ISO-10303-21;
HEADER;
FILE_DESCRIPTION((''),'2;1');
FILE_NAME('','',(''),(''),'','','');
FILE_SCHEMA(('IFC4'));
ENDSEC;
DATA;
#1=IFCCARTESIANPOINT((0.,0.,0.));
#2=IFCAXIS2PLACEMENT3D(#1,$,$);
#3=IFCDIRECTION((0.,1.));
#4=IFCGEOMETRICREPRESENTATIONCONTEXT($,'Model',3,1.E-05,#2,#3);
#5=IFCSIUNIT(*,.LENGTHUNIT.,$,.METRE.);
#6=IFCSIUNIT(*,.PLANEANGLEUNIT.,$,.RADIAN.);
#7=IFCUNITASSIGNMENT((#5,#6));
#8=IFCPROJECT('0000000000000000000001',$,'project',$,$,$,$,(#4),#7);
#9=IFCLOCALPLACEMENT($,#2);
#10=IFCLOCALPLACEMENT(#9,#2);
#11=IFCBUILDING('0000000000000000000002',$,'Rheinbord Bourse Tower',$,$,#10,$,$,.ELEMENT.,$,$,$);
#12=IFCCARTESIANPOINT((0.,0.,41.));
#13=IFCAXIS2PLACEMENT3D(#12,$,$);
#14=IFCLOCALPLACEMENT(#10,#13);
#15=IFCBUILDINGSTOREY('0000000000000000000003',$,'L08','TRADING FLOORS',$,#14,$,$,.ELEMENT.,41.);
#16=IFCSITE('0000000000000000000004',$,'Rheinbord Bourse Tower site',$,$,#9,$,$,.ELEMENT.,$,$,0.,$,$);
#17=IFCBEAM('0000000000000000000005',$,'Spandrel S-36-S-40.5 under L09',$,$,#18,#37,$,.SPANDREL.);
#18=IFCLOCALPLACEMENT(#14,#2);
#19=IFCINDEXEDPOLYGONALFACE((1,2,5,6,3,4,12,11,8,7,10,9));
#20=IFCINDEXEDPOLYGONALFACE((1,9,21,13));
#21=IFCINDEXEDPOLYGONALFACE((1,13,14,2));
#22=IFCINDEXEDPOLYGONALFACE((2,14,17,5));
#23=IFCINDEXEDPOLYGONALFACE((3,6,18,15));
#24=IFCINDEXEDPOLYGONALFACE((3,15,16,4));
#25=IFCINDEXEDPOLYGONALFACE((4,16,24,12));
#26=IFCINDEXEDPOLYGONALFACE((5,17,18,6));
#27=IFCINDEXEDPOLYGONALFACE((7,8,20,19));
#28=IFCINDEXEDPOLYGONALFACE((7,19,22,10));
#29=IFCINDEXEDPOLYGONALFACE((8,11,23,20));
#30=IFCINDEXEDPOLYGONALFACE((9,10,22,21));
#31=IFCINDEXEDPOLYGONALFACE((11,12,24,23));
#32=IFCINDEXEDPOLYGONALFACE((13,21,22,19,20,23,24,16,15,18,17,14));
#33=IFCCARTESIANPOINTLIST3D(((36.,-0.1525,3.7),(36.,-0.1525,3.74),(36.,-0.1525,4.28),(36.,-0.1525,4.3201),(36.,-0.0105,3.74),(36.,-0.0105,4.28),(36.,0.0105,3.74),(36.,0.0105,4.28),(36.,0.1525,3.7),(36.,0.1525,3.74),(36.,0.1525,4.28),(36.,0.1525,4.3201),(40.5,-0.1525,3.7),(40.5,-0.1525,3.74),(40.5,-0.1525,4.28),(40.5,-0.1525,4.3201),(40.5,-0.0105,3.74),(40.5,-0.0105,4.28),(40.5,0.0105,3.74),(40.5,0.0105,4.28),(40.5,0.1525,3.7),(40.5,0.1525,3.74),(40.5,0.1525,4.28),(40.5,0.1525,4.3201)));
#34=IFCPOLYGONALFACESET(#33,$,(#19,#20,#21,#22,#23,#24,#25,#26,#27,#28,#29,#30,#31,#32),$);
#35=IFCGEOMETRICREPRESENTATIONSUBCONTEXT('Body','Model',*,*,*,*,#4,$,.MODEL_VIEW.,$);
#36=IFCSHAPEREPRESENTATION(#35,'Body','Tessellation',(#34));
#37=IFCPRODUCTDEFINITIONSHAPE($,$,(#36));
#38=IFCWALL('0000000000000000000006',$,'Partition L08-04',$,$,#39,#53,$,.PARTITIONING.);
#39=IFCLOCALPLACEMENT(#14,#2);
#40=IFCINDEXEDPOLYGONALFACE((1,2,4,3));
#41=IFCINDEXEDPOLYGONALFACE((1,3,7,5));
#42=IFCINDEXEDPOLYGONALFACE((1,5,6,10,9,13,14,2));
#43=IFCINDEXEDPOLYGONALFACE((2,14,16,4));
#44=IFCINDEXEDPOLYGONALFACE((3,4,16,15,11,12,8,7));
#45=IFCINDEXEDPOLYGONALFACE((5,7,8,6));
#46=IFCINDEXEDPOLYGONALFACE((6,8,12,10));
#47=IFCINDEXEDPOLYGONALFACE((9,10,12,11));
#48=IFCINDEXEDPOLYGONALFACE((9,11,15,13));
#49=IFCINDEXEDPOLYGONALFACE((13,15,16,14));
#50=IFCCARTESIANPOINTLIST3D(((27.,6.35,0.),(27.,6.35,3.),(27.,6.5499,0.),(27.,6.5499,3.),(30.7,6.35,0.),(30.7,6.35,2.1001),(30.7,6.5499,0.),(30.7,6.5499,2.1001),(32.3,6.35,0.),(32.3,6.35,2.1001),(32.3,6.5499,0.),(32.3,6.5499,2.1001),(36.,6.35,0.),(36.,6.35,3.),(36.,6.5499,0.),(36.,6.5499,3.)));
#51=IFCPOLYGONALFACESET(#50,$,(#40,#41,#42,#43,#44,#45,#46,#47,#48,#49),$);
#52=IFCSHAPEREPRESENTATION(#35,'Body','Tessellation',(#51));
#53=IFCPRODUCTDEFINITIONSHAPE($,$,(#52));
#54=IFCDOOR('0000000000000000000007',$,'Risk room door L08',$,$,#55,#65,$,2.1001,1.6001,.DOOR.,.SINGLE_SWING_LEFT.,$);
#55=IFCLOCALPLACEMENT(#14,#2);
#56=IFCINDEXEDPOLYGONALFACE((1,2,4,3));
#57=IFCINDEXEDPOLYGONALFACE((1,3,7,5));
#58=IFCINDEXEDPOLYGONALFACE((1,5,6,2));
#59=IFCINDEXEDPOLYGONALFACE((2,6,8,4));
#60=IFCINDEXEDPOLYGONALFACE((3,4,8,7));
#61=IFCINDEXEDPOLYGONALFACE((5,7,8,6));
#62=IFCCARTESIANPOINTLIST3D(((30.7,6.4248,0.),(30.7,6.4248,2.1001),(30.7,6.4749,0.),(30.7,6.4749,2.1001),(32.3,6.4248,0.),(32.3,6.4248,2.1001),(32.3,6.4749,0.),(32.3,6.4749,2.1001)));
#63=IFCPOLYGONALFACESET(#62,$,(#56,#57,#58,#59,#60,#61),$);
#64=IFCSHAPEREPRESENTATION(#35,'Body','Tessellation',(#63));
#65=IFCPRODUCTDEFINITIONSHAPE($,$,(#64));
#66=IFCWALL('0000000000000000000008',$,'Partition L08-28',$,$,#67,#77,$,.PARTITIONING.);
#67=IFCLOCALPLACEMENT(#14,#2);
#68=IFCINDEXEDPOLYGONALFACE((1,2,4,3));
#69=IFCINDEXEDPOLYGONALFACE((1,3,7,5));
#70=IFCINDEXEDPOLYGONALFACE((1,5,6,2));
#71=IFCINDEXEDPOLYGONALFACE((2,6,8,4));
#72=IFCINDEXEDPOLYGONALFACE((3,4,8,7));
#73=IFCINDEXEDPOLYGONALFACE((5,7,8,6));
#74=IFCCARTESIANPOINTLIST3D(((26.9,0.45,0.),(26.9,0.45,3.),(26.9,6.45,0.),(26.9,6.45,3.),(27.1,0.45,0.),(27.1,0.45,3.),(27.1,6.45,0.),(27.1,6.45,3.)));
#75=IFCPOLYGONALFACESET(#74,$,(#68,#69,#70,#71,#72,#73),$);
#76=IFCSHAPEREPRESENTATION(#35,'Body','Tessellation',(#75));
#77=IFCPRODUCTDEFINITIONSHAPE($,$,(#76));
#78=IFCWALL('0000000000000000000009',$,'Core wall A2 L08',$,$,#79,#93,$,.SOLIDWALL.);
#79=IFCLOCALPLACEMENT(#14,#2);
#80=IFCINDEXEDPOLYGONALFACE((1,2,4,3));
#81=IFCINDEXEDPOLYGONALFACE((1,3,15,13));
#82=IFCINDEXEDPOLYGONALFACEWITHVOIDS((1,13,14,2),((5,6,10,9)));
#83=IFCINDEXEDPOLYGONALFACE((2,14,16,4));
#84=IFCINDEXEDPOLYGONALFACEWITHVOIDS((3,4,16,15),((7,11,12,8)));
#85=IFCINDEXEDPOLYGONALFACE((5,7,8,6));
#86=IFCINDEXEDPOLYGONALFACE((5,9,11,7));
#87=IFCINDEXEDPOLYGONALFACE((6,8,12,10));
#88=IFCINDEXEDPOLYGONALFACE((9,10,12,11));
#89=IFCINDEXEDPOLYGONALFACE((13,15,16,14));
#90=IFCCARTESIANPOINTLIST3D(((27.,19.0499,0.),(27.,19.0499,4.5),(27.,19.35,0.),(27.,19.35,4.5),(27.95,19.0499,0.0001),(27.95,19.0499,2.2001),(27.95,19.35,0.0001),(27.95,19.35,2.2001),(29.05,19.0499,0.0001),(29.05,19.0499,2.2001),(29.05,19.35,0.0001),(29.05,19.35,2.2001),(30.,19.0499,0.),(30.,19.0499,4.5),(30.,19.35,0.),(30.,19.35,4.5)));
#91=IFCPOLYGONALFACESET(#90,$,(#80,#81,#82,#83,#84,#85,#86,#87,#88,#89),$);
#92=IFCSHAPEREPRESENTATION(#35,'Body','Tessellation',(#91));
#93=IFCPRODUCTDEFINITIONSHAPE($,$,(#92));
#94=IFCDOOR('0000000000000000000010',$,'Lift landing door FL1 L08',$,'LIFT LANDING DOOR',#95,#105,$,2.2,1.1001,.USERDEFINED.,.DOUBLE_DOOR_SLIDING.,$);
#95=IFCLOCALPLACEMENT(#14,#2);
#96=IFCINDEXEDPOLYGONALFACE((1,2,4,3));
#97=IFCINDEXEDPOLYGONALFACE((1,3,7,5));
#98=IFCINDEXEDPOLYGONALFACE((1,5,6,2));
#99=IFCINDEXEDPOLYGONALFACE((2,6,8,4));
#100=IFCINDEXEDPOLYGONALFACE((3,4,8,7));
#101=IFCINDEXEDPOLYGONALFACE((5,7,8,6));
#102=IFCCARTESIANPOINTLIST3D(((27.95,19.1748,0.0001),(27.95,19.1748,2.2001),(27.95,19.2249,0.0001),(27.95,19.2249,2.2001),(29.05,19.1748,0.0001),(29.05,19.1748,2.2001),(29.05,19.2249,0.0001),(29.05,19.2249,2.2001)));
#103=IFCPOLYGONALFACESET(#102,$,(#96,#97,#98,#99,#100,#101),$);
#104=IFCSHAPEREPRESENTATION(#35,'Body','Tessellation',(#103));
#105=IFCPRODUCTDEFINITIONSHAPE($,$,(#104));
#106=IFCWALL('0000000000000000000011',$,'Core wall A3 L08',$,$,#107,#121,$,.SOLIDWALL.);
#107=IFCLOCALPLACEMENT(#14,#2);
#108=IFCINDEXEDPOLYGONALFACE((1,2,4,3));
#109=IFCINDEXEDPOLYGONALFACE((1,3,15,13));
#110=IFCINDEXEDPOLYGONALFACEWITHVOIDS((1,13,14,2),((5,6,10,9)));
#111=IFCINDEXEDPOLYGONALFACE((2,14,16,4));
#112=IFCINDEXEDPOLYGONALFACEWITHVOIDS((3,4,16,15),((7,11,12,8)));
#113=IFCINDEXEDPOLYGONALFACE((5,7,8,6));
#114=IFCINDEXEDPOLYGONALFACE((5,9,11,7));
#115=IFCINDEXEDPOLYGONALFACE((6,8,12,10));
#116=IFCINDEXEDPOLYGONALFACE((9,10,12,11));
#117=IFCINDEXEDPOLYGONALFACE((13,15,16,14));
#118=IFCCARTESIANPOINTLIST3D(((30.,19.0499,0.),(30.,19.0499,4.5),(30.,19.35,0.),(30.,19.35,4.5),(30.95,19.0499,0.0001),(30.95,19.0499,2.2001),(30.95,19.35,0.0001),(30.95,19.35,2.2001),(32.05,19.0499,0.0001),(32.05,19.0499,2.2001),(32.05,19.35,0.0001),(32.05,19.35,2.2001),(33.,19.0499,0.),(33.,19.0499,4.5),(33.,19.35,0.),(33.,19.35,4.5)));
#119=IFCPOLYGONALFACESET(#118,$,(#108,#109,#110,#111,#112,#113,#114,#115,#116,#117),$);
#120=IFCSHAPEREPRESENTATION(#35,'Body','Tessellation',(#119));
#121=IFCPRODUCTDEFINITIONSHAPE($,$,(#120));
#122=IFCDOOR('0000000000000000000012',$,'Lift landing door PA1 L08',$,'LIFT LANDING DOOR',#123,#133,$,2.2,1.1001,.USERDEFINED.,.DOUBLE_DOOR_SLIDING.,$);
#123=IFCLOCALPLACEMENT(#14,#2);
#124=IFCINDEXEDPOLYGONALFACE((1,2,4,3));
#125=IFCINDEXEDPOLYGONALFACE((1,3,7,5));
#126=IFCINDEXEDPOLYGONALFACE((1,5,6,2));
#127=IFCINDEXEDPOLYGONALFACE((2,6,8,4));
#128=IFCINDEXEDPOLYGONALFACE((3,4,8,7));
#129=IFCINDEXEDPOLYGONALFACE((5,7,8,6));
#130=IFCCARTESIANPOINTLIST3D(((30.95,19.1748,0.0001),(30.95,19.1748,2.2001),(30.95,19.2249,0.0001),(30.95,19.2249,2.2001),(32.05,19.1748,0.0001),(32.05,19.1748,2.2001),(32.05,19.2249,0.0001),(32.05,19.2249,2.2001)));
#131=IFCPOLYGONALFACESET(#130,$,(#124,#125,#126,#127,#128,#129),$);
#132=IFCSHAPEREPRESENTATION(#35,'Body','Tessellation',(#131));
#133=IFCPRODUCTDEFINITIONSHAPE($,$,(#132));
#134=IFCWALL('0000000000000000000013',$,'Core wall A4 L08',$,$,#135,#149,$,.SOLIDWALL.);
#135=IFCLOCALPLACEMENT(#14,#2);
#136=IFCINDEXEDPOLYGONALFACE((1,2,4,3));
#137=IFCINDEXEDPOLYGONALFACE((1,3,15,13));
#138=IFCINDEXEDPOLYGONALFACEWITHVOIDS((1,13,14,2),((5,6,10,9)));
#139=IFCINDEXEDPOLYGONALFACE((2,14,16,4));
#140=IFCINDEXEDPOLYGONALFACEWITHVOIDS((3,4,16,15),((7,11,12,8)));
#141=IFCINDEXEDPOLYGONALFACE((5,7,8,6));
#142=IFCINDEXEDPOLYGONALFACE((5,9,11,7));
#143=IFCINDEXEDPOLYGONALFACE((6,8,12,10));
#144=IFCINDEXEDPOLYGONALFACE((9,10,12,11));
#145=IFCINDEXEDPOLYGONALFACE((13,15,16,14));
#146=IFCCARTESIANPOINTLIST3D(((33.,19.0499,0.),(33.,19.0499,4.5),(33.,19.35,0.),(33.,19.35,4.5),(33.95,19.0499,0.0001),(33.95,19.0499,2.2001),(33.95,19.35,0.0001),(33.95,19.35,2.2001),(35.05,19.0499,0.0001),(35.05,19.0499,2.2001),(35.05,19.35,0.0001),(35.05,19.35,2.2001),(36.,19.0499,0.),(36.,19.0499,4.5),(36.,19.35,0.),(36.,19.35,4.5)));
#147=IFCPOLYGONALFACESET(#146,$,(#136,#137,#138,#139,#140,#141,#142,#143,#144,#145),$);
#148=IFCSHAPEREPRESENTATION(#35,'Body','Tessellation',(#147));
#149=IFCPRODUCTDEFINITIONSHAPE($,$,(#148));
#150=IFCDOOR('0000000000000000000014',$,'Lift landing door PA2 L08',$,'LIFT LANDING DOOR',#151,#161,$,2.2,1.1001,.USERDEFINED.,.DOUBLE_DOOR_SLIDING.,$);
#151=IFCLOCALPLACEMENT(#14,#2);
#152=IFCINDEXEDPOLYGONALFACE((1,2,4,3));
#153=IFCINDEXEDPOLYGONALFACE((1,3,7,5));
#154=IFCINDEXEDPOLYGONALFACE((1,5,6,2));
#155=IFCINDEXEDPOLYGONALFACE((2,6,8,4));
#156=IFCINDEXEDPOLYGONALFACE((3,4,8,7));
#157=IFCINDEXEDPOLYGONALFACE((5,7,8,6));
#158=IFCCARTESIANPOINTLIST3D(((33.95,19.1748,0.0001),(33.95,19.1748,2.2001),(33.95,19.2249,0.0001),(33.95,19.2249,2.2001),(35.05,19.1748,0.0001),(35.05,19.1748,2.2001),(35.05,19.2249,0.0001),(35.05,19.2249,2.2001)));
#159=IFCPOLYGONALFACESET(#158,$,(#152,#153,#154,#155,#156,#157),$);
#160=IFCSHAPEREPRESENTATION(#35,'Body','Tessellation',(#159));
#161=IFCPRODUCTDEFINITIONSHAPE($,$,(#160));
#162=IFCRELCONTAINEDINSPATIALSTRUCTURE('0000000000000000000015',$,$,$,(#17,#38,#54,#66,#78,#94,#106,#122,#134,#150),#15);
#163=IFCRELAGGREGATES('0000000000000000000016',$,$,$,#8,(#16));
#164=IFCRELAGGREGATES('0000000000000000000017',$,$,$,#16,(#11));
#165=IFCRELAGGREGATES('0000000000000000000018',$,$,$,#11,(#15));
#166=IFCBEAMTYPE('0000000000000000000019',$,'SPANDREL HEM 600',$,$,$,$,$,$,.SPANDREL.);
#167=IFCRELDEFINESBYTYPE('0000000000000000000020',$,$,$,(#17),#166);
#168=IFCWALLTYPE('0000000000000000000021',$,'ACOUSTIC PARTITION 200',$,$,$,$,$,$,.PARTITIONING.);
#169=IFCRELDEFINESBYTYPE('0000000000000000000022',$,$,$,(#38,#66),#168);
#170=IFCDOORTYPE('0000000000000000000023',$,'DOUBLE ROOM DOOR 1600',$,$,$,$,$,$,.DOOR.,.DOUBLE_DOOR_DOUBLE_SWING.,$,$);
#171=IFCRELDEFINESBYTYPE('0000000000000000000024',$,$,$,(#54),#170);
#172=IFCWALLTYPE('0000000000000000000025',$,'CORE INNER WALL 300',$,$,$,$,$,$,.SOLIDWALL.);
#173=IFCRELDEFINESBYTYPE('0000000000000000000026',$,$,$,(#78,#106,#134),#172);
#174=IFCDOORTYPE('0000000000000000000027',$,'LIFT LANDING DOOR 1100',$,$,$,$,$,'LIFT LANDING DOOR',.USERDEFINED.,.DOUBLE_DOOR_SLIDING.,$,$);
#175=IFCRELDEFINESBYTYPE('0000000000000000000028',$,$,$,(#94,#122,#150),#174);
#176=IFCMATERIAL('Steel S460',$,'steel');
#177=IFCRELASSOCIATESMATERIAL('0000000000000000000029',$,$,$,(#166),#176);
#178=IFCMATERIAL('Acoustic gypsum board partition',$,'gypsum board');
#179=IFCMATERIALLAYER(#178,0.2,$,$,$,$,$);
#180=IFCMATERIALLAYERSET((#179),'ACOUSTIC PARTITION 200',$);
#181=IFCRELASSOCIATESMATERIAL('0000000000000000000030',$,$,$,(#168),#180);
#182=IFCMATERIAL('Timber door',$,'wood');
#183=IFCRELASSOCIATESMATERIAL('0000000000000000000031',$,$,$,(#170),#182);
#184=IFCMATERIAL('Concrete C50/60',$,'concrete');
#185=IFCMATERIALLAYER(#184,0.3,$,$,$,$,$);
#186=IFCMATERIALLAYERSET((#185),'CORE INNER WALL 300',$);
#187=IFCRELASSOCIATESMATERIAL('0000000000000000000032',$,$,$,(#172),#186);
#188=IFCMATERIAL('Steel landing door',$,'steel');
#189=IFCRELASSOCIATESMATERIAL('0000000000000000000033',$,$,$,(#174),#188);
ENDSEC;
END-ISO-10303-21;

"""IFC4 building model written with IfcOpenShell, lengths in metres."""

from ifc_helpers import new_model, si_unit, direction, frame, frame_2d, origin, origin_2d, place, context, subcontext, project, spatial, rectangle, i_section, extrude, material, layer, layer_set, material_profile, profile_set, type_object, element, fill, save


model = new_model("IFC4")

# Units and contexts
model_context = context("Model", 3, precision=1e-05, world=origin(), true_north=direction((0.0, 1.0)))
body_context = subcontext(model_context, "Body", "Model", "MODEL_VIEW")
ifc_project = project(units=[si_unit("LENGTHUNIT", "METRE"), si_unit("PLANEANGLEUNIT", "RADIAN")], contexts=[model_context])

# Site, building, storey
site_placement = place(None, origin())
site = spatial("IfcSite", under=ifc_project, at=site_placement, Name="Rheinbord Bourse Tower site", CompositionType="ELEMENT", RefElevation=0.0)
building_placement = place(site_placement, origin())
building = spatial("IfcBuilding", under=site, at=building_placement, Name="Rheinbord Bourse Tower", CompositionType="ELEMENT")
storey_placement = place(building_placement, frame((0.0, 0.0, 41.0)))
storey = spatial("IfcBuildingStorey", under=building, at=storey_placement, Name="L08", Description="TRADING FLOORS", CompositionType="ELEMENT", Elevation=41.0)

# Beam
ifc_material_1 = material(Name="Steel S460", Category="steel")
ifc_material_profile = material_profile(ifc_material_1, i_section(OverallWidth=0.3049, OverallDepth=0.6201, WebThickness=0.021, FlangeThickness=0.04, at=origin_2d()), Name="HEM 600")
ifc_profile_set = profile_set([ifc_material_profile], Name="Steel S460")
beam_type = type_object("IfcBeamType", Name="SPANDREL HEM 600", PredefinedType="SPANDREL", material=ifc_profile_set)
beam_placement = place(storey_placement, frame((36.0, 0.0, 4.01), z_axis=(1.0, 0.0, 0.0), x_axis=(0.0, 1.0, 0.0)))
element("IfcBeam", 1, at=beam_placement, inside=storey, type_object=beam_type, Name="Spandrel S-36-S-40.5 under L09", PredefinedType="SPANDREL", context=body_context, shape_type="SweptSolid", body=[
    extrude(i_section(OverallWidth=0.3049, OverallDepth=0.6201, WebThickness=0.021, FlangeThickness=0.04, at=origin_2d()), origin(), (0.0, 0.0, 1.0), 4.5),
])

# Wall, opening, door
ifc_material_2 = material(Name="Acoustic gypsum board partition", Category="gypsum board")
ifc_layer_1 = layer(ifc_material_2, 0.2)
ifc_layer_set_1 = layer_set([ifc_layer_1], Name="ACOUSTIC PARTITION 200")
wall_type_1 = type_object("IfcWallType", Name="ACOUSTIC PARTITION 200", PredefinedType="PARTITIONING", material=ifc_layer_set_1)
wall_1_placement = place(storey_placement, frame((27.0, 6.45, 0.0), z_axis=(0.0, 0.0, 1.0), x_axis=(1.0, 0.0, 0.0)))
wall_1 = element("IfcWall", 2, at=wall_1_placement, inside=storey, type_object=wall_type_1, Name="Partition L08-04", PredefinedType="PARTITIONING", context=body_context, shape_type="SweptSolid", body=[
    extrude(rectangle(XDim=9.0, YDim=0.2, at=frame_2d((4.5, 0.0))), origin(), (0.0, 0.0, 1.0), 3.0),
])
opening_1_placement = place(wall_1_placement, frame((3.7, 0.0, 0.0)))
opening_1 = element("IfcOpeningElement", 3, at=opening_1_placement, cuts=wall_1, PredefinedType="OPENING", context=body_context, shape_type="SweptSolid", body=[
    extrude(rectangle(XDim=1.6001, YDim=2.1001, at=frame_2d((0.8, 1.05))), frame((0.0, 0.1099, 0.0), z_axis=(0.0, -1.0, 0.0), x_axis=(1.0, 0.0, 0.0)), (0.0, 0.0, 1.0), 0.22),
])
ifc_material_3 = material(Name="Timber door", Category="wood")
door_type_1 = type_object("IfcDoorType", Name="DOUBLE ROOM DOOR 1600", OperationType="DOUBLE_DOOR_DOUBLE_SWING", PredefinedType="DOOR", material=ifc_material_3)
door_1_placement = place(opening_1_placement, origin())
door_1 = element("IfcDoor", 4, at=door_1_placement, inside=storey, type_object=door_type_1, Name="Risk room door L08", OperationType="SINGLE_SWING_LEFT", OverallHeight=2.1001, OverallWidth=1.6001, PredefinedType="DOOR", context=body_context, shape_type="SweptSolid", body=[
    extrude(rectangle(XDim=1.6001, YDim=2.1001, at=frame_2d((0.8, 1.05))), frame((0.0, 0.0249, 0.0), z_axis=(0.0, -1.0, 0.0), x_axis=(1.0, 0.0, 0.0)), (0.0, 0.0, 1.0), 0.05),
])
fill(opening_1, door_1)

# Wall
wall_2_placement = place(storey_placement, frame((27.0, 0.45, 0.0), z_axis=(0.0, 0.0, 1.0), x_axis=(0.0, 1.0, 0.0)))
element("IfcWall", 5, at=wall_2_placement, inside=storey, type_object=wall_type_1, Name="Partition L08-28", PredefinedType="PARTITIONING", context=body_context, shape_type="SweptSolid", body=[
    extrude(rectangle(XDim=6.0, YDim=0.2, at=frame_2d((3.0, 0.0))), origin(), (0.0, 0.0, 1.0), 3.0),
])

# Walls, openings, doors
ifc_material_4 = material(Name="Concrete C50/60", Category="concrete")
ifc_layer_2 = layer(ifc_material_4, 0.3)
ifc_layer_set_2 = layer_set([ifc_layer_2], Name="CORE INNER WALL 300")
wall_type_2 = type_object("IfcWallType", Name="CORE INNER WALL 300", PredefinedType="SOLIDWALL", material=ifc_layer_set_2)
wall_3_placement = place(storey_placement, frame((27.0, 19.2, 0.0), z_axis=(0.0, 0.0, 1.0), x_axis=(1.0, 0.0, 0.0)))
wall_3 = element("IfcWall", 6, at=wall_3_placement, inside=storey, type_object=wall_type_2, Name="Core wall A2 L08", PredefinedType="SOLIDWALL", context=body_context, shape_type="SweptSolid", body=[
    extrude(rectangle(XDim=3.0, YDim=0.3, at=frame_2d((1.5, 0.0))), origin(), (0.0, 0.0, 1.0), 4.5),
])
opening_2_placement = place(wall_3_placement, frame((0.95, 0.0, 0.0)))
opening_2 = element("IfcOpeningElement", 7, at=opening_2_placement, cuts=wall_3, PredefinedType="OPENING", context=body_context, shape_type="SweptSolid", body=[
    extrude(rectangle(XDim=1.1001, YDim=2.2, at=frame_2d((0.55, 1.1001))), frame((0.0, 0.1599, 0.0), z_axis=(0.0, -1.0, 0.0), x_axis=(1.0, 0.0, 0.0)), (0.0, 0.0, 1.0), 0.3201),
])
ifc_material_5 = material(Name="Steel landing door", Category="steel")
door_type_2 = type_object("IfcDoorType", Name="LIFT LANDING DOOR 1100", ElementType="LIFT LANDING DOOR", OperationType="DOUBLE_DOOR_SLIDING", PredefinedType="USERDEFINED", material=ifc_material_5)
door_2_placement = place(opening_2_placement, origin())
door_2 = element("IfcDoor", 8, at=door_2_placement, inside=storey, type_object=door_type_2, Name="Lift landing door FL1 L08", ObjectType="LIFT LANDING DOOR", OperationType="DOUBLE_DOOR_SLIDING", OverallHeight=2.2, OverallWidth=1.1001, PredefinedType="USERDEFINED", context=body_context, shape_type="SweptSolid", body=[
    extrude(rectangle(XDim=1.1001, YDim=2.2, at=frame_2d((0.55, 1.1001))), frame((0.0, 0.0249, 0.0), z_axis=(0.0, -1.0, 0.0), x_axis=(1.0, 0.0, 0.0)), (0.0, 0.0, 1.0), 0.05),
])
fill(opening_2, door_2)
wall_4_placement = place(storey_placement, frame((30.0, 19.2, 0.0), z_axis=(0.0, 0.0, 1.0), x_axis=(1.0, 0.0, 0.0)))
wall_4 = element("IfcWall", 9, at=wall_4_placement, inside=storey, type_object=wall_type_2, Name="Core wall A3 L08", PredefinedType="SOLIDWALL", context=body_context, shape_type="SweptSolid", body=[
    extrude(rectangle(XDim=3.0, YDim=0.3, at=frame_2d((1.5, 0.0))), origin(), (0.0, 0.0, 1.0), 4.5),
])
opening_3_placement = place(wall_4_placement, frame((0.95, 0.0, 0.0)))
opening_3 = element("IfcOpeningElement", 10, at=opening_3_placement, cuts=wall_4, PredefinedType="OPENING", context=body_context, shape_type="SweptSolid", body=[
    extrude(rectangle(XDim=1.1001, YDim=2.2, at=frame_2d((0.55, 1.1001))), frame((0.0, 0.1599, 0.0), z_axis=(0.0, -1.0, 0.0), x_axis=(1.0, 0.0, 0.0)), (0.0, 0.0, 1.0), 0.3201),
])
door_3_placement = place(opening_3_placement, origin())
door_3 = element("IfcDoor", 11, at=door_3_placement, inside=storey, type_object=door_type_2, Name="Lift landing door PA1 L08", ObjectType="LIFT LANDING DOOR", OperationType="DOUBLE_DOOR_SLIDING", OverallHeight=2.2, OverallWidth=1.1001, PredefinedType="USERDEFINED", context=body_context, shape_type="SweptSolid", body=[
    extrude(rectangle(XDim=1.1001, YDim=2.2, at=frame_2d((0.55, 1.1001))), frame((0.0, 0.0249, 0.0), z_axis=(0.0, -1.0, 0.0), x_axis=(1.0, 0.0, 0.0)), (0.0, 0.0, 1.0), 0.05),
])
fill(opening_3, door_3)
wall_5_placement = place(storey_placement, frame((33.0, 19.2, 0.0), z_axis=(0.0, 0.0, 1.0), x_axis=(1.0, 0.0, 0.0)))
wall_5 = element("IfcWall", 12, at=wall_5_placement, inside=storey, type_object=wall_type_2, Name="Core wall A4 L08", PredefinedType="SOLIDWALL", context=body_context, shape_type="SweptSolid", body=[
    extrude(rectangle(XDim=3.0, YDim=0.3, at=frame_2d((1.5, 0.0))), origin(), (0.0, 0.0, 1.0), 4.5),
])
opening_4_placement = place(wall_5_placement, frame((0.95, 0.0, 0.0)))
opening_4 = element("IfcOpeningElement", 13, at=opening_4_placement, cuts=wall_5, PredefinedType="OPENING", context=body_context, shape_type="SweptSolid", body=[
    extrude(rectangle(XDim=1.1001, YDim=2.2, at=frame_2d((0.55, 1.1001))), frame((0.0, 0.1599, 0.0), z_axis=(0.0, -1.0, 0.0), x_axis=(1.0, 0.0, 0.0)), (0.0, 0.0, 1.0), 0.3201),
])
door_4_placement = place(opening_4_placement, origin())
door_4 = element("IfcDoor", 14, at=door_4_placement, inside=storey, type_object=door_type_2, Name="Lift landing door PA2 L08", ObjectType="LIFT LANDING DOOR", OperationType="DOUBLE_DOOR_SLIDING", OverallHeight=2.2, OverallWidth=1.1001, PredefinedType="USERDEFINED", context=body_context, shape_type="SweptSolid", body=[
    extrude(rectangle(XDim=1.1001, YDim=2.2, at=frame_2d((0.55, 1.1001))), frame((0.0, 0.0249, 0.0), z_axis=(0.0, -1.0, 0.0), x_axis=(1.0, 0.0, 0.0)), (0.0, 0.0, 1.0), 0.05),
])
fill(opening_4, door_4)

save(model, "model.ifc")
